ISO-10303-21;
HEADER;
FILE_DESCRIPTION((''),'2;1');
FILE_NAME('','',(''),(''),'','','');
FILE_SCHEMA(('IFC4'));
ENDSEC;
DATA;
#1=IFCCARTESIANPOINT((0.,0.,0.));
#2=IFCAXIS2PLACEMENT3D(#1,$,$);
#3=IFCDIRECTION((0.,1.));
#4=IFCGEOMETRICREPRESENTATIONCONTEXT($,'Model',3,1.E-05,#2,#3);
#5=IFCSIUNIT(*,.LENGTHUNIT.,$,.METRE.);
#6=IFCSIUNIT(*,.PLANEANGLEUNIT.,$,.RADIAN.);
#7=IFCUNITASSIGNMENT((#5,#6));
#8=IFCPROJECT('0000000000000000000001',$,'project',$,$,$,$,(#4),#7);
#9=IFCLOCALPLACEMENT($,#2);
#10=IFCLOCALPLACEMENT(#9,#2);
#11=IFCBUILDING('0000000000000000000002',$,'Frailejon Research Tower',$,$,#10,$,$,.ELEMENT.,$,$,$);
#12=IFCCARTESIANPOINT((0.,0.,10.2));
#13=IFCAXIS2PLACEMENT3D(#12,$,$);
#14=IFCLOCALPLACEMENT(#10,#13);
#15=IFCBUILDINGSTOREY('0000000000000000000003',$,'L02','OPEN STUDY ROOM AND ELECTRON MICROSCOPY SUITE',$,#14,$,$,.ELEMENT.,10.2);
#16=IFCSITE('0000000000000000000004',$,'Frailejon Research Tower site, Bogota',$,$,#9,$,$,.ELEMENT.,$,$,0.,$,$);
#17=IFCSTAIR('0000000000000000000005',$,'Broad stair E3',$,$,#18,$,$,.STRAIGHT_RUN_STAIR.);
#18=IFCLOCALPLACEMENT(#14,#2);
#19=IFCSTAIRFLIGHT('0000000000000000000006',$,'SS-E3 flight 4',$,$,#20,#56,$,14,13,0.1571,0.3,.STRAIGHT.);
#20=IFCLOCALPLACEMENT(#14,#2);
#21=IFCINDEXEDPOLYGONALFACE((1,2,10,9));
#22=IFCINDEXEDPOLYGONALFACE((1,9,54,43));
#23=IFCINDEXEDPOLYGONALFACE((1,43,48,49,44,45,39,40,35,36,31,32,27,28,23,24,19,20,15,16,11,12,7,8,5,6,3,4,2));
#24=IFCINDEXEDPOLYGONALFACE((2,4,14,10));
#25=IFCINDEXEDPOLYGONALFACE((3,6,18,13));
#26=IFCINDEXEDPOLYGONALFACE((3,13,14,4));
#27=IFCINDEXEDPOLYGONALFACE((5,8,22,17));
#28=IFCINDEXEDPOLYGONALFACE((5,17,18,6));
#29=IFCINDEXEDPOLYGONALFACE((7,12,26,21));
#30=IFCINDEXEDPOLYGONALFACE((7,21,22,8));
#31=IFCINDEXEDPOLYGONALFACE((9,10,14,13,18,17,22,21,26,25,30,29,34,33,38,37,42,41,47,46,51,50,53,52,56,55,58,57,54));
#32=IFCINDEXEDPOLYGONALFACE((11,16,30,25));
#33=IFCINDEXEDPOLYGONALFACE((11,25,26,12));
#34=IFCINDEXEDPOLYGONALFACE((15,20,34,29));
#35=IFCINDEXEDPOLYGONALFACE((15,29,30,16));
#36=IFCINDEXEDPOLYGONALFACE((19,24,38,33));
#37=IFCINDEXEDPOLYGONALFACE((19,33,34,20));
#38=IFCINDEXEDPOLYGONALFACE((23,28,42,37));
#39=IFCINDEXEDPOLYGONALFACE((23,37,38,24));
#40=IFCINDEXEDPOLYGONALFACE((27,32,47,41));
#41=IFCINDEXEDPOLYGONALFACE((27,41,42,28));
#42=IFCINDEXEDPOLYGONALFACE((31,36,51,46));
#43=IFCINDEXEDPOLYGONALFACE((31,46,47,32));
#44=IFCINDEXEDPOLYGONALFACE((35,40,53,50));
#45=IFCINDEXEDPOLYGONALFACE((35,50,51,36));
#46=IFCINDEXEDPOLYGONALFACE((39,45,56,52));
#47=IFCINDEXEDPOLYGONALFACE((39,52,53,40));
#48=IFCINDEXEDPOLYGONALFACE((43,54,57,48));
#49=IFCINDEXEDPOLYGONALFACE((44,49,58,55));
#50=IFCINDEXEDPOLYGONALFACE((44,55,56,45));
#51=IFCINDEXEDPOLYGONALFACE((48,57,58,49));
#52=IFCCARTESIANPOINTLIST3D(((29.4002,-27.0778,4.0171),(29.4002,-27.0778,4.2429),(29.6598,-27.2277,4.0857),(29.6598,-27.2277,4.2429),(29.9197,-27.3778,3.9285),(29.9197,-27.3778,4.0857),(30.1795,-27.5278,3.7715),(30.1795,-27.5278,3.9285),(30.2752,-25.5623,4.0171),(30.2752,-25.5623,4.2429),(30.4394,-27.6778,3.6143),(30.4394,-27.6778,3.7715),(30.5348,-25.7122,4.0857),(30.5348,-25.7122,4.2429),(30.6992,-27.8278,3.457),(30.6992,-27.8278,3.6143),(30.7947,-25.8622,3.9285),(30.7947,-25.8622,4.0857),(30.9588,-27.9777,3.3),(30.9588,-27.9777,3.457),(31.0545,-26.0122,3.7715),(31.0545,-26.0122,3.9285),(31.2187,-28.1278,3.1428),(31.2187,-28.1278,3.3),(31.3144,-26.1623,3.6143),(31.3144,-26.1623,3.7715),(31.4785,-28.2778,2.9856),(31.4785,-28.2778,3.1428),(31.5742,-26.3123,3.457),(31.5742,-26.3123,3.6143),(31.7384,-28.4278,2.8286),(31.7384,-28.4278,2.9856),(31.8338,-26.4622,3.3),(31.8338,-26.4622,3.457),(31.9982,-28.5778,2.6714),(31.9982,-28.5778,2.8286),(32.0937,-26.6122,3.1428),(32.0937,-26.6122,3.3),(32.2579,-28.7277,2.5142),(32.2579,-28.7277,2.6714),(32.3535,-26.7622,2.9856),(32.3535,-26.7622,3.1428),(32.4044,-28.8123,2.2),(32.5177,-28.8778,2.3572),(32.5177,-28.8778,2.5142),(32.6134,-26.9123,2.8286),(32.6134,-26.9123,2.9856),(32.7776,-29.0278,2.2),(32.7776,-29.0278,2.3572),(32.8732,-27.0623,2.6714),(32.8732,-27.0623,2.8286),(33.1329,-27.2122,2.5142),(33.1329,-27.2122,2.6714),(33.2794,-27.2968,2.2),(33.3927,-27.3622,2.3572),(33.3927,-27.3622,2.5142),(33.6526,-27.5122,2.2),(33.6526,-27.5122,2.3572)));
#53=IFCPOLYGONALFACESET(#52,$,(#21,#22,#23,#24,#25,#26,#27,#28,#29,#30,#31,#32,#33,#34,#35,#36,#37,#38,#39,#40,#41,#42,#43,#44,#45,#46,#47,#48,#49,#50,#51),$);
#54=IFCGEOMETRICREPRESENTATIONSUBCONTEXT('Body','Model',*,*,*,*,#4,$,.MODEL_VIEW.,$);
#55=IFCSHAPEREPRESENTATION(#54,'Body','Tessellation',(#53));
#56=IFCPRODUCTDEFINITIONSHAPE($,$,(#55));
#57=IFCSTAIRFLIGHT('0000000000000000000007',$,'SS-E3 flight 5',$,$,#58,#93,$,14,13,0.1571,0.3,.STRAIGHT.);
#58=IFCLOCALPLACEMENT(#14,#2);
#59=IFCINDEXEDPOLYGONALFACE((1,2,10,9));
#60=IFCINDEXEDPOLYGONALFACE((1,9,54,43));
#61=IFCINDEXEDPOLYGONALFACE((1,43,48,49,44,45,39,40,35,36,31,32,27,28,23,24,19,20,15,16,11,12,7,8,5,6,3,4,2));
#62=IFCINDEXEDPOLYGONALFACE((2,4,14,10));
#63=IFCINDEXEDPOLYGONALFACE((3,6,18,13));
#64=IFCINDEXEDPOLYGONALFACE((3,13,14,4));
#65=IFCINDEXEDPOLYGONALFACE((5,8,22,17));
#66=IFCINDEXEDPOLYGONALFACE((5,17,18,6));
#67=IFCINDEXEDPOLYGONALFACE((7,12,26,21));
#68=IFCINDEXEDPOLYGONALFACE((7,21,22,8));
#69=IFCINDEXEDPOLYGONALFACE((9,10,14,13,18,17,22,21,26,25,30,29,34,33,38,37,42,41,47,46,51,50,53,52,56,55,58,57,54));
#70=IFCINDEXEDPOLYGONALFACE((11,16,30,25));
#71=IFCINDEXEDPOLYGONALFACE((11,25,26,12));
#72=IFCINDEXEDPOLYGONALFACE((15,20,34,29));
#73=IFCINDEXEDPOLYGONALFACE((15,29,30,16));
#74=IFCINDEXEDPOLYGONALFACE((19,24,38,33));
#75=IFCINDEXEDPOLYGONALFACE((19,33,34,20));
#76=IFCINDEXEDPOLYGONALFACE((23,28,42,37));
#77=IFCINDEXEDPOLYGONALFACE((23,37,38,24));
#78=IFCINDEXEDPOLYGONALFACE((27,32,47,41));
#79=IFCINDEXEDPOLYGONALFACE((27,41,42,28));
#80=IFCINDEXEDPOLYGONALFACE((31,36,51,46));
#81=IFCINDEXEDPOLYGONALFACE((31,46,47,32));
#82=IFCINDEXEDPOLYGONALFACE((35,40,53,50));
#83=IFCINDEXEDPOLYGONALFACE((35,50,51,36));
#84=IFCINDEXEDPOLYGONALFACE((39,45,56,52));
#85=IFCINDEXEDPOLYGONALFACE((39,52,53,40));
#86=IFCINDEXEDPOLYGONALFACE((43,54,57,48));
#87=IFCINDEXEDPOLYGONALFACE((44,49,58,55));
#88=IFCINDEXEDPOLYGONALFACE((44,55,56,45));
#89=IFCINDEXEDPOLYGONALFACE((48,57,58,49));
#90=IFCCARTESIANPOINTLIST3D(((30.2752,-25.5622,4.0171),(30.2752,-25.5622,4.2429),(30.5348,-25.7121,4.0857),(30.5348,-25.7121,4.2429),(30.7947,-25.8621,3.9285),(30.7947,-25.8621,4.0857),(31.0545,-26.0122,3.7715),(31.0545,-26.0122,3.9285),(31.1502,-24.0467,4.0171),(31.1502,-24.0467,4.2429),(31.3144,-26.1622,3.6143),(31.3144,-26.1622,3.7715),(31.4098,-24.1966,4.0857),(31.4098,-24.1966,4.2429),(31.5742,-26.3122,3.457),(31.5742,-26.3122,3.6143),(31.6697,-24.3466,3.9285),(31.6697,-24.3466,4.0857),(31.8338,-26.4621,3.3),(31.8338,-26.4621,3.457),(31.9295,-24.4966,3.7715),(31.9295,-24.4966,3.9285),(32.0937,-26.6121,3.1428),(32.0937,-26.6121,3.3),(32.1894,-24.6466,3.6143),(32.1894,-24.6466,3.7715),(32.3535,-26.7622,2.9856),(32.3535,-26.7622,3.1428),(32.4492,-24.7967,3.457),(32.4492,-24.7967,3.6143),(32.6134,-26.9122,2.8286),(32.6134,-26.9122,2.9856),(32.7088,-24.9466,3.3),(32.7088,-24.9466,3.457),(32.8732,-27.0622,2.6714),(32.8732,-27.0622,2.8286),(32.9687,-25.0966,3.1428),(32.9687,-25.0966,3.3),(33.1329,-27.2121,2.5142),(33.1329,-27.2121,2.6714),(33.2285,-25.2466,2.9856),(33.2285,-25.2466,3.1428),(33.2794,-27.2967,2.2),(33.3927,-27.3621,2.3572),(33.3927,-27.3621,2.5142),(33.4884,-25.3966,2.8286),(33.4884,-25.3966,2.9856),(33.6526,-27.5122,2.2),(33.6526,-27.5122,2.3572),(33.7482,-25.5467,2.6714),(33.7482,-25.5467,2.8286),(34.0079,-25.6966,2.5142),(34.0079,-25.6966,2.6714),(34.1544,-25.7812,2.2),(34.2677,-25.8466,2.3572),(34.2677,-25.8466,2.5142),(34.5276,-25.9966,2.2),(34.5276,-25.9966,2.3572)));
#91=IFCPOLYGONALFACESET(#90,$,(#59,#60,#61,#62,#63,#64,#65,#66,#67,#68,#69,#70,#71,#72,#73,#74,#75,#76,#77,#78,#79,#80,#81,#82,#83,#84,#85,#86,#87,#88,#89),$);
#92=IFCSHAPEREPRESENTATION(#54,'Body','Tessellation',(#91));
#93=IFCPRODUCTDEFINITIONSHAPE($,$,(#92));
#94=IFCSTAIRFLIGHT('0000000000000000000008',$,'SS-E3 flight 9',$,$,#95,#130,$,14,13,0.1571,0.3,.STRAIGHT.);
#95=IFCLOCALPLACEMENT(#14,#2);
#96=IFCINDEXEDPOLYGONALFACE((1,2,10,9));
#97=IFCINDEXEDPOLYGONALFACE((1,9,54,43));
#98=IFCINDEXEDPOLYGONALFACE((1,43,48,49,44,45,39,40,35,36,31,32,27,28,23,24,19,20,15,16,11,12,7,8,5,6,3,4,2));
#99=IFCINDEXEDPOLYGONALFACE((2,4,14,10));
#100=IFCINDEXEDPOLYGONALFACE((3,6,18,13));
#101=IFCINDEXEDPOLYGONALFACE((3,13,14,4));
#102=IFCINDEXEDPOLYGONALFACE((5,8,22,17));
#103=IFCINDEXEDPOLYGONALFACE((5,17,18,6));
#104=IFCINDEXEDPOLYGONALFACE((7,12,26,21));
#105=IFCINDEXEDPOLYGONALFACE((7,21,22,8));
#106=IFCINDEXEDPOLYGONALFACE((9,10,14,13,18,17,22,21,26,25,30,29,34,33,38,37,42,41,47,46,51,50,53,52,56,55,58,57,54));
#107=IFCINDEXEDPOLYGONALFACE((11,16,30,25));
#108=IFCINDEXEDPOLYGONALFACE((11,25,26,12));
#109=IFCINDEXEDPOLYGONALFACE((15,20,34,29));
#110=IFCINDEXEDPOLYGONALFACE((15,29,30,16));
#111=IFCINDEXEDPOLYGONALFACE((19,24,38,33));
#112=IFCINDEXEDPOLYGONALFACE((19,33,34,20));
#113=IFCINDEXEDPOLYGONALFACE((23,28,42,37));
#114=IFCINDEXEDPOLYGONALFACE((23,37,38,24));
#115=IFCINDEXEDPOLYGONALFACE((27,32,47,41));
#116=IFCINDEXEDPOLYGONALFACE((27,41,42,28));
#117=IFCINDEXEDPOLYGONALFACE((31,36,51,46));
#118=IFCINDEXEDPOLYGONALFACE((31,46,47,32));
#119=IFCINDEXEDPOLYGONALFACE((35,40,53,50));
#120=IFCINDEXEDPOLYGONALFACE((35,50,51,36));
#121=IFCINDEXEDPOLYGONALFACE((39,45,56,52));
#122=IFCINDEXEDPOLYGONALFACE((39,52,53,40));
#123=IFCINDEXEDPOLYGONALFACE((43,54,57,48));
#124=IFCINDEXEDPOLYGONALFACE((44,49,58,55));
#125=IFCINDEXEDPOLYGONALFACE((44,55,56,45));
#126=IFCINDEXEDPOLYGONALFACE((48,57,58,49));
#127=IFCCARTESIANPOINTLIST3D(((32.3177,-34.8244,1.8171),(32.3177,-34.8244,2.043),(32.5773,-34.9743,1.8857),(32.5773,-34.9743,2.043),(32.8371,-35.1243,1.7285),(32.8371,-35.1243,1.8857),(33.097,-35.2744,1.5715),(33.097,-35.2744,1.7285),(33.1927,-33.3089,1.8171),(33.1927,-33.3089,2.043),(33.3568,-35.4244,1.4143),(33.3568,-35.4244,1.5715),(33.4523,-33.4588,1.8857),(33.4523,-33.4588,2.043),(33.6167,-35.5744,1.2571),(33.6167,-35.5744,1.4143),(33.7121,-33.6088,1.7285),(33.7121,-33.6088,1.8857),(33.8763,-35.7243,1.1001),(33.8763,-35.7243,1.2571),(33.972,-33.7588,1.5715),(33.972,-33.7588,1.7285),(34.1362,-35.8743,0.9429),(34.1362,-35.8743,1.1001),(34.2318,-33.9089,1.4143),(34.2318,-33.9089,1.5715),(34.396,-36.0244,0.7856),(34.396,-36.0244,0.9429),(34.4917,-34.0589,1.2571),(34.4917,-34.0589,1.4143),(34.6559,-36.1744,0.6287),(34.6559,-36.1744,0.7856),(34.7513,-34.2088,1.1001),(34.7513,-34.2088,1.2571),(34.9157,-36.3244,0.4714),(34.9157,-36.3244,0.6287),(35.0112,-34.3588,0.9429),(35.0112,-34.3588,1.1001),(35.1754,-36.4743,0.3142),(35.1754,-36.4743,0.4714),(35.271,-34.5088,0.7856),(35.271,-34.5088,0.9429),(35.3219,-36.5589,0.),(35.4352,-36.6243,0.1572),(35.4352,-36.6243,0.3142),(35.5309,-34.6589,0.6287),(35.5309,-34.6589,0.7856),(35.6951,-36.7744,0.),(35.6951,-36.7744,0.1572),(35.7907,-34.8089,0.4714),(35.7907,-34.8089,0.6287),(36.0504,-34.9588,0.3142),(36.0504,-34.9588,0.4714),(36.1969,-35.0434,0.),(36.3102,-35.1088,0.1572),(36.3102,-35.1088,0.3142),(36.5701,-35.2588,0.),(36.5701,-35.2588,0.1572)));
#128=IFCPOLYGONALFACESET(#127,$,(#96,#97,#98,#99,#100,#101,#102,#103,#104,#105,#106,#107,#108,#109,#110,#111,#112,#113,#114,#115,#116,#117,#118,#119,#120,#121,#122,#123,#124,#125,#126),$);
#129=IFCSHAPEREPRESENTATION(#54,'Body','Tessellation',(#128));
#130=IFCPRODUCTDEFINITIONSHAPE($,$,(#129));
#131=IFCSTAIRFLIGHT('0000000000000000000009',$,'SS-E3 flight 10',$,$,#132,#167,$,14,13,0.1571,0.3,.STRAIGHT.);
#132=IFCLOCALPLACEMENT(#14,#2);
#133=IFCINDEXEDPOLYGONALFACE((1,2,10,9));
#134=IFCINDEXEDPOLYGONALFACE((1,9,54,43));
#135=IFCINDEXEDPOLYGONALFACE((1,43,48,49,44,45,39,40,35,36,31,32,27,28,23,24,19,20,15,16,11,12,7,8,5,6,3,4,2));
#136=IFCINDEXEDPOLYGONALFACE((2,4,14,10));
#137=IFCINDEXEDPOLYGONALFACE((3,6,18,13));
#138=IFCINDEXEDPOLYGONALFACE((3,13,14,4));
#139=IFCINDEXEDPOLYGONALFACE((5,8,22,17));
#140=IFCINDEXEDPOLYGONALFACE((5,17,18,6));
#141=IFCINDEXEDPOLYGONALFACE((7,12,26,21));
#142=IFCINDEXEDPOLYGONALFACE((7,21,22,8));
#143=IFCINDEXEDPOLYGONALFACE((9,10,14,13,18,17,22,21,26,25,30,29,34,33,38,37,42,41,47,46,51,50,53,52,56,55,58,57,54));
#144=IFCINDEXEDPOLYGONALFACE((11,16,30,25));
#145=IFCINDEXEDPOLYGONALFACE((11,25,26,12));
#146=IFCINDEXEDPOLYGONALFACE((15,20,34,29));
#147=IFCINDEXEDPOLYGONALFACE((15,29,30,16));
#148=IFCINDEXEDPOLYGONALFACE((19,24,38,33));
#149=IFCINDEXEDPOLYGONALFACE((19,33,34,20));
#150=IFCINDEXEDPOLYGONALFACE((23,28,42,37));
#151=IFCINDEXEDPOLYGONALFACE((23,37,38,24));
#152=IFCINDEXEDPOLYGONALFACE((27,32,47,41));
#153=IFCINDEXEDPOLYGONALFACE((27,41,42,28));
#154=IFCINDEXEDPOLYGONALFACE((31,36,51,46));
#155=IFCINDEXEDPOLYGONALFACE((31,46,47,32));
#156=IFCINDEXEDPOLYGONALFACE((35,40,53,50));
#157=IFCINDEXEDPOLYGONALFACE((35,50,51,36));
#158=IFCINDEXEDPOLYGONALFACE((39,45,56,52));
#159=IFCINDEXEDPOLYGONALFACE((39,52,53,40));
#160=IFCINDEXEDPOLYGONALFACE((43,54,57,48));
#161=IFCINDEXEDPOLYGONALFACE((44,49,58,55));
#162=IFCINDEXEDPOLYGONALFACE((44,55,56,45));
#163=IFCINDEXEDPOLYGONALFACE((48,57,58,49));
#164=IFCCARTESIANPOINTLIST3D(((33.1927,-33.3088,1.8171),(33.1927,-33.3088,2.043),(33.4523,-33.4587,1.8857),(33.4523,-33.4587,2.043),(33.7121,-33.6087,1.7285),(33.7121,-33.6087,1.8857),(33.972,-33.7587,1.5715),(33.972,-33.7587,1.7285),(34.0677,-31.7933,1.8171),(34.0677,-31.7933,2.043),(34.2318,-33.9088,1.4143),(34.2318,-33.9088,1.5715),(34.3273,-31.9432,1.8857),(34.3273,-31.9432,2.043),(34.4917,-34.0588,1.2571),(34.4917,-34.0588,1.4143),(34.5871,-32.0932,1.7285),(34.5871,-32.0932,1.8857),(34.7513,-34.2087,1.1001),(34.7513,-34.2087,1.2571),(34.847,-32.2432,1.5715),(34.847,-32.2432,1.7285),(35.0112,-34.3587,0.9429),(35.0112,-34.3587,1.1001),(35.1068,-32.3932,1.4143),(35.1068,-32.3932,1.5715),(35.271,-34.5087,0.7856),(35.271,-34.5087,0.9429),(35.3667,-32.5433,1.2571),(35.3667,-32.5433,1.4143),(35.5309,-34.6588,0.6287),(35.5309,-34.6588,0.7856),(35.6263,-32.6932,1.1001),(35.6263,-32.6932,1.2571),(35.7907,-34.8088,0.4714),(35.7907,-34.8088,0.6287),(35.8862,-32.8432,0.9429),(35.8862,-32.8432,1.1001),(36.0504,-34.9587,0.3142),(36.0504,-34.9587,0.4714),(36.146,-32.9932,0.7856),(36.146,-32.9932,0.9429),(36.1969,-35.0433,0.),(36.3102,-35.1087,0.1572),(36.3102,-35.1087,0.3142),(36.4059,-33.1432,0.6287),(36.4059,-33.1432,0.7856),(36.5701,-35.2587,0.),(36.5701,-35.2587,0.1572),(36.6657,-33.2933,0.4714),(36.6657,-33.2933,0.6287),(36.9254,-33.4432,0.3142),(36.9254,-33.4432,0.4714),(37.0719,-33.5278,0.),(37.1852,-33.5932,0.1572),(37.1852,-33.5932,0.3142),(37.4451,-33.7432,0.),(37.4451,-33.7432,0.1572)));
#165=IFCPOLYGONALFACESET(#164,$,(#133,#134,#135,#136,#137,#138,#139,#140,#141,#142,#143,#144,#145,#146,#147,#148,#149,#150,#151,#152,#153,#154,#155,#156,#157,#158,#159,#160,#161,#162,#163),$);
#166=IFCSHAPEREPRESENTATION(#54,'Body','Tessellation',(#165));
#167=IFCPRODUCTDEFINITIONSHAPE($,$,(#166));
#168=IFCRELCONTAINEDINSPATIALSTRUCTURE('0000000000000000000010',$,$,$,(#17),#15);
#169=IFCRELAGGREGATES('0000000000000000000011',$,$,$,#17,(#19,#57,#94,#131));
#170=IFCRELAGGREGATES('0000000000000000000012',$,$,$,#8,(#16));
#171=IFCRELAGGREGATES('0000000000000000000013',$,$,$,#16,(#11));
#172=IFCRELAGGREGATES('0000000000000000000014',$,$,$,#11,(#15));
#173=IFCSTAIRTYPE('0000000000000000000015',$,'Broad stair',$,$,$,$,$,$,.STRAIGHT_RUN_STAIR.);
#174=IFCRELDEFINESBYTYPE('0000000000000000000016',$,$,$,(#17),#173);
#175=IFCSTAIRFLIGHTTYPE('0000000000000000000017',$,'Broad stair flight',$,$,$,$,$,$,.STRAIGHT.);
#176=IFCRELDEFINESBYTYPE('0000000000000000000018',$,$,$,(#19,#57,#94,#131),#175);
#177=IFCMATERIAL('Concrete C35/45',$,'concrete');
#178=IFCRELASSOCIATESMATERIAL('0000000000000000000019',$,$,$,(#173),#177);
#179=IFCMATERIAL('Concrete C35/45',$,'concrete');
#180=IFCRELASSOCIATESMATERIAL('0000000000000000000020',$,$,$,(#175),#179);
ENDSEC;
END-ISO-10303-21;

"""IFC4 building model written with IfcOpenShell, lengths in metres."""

from ifc_helpers import new_model, si_unit, direction, frame, origin, place, context, subcontext, project, spatial, polyline, outline, extrude, material, type_object, element, aggregate, save


model = new_model("IFC4")

# Units and contexts
model_context = context("Model", 3, precision=1e-05, world=origin(), true_north=direction((0.0, 1.0)))
body_context = subcontext(model_context, "Body", "Model", "MODEL_VIEW")
ifc_project = project(units=[si_unit("LENGTHUNIT", "METRE"), si_unit("PLANEANGLEUNIT", "RADIAN")], contexts=[model_context])

# Site, building, storey
site_placement = place(None, origin())
site = spatial("IfcSite", under=ifc_project, at=site_placement, Name="Frailejon Research Tower site, Bogota", CompositionType="ELEMENT", RefElevation=0.0)
building_placement = place(site_placement, origin())
building = spatial("IfcBuilding", under=site, at=building_placement, Name="Frailejon Research Tower", CompositionType="ELEMENT")
storey_placement = place(building_placement, frame((0.0, 0.0, 10.2)))
storey = spatial("IfcBuildingStorey", under=building, at=storey_placement, Name="L02", Description="OPEN STUDY ROOM AND ELECTRON MICROSCOPY SUITE", CompositionType="ELEMENT", Elevation=10.2)

# Stair, stair flights
ifc_material_1 = material(Name="Concrete C35/45", Category="concrete")
stair_type = type_object("IfcStairType", Name="Broad stair", PredefinedType="STRAIGHT_RUN_STAIR", material=ifc_material_1)
stair_placement = place(storey_placement, origin())
stair = element("IfcStair", 1, at=stair_placement, inside=storey, type_object=stair_type, Name="Broad stair E3", PredefinedType="STRAIGHT_RUN_STAIR")
ifc_material_2 = material(Name="Concrete C35/45", Category="concrete")
stair_flight_type = type_object("IfcStairFlightType", Name="Broad stair flight", PredefinedType="STRAIGHT", material=ifc_material_2)
stair_flight_1_placement = place(storey_placement, frame((33.2151, -28.27, 2.2), z_axis=(0.0, 0.0, 1.0), x_axis=(-0.866025, 0.5, 0.0)))
stair_flight_1 = element("IfcStairFlight", 2, at=stair_flight_1_placement, type_object=stair_flight_type, Name="SS-E3 flight 4", NumberOfRisers=14, NumberOfTreads=13, PredefinedType="STRAIGHT", RiserHeight=0.1571, TreadLength=0.3, context=body_context, shape_type="SweptSolid", body=[
    extrude(outline(polyline([(0.0, 0.0), (0.0, 0.1572), (0.3, 0.1572), (0.3, 0.3142), (0.6001, 0.3142), (0.6001, 0.4714), (0.8999, 0.4714), (0.8999, 0.6287), (1.2, 0.6287), (1.2, 0.7856), (1.5, 0.7856), (1.5, 0.9429), (1.8, 0.9429), (1.8, 1.1001), (2.1001, 1.1001), (2.1001, 1.2571), (2.3999, 1.2571), (2.3999, 1.4143), (2.7, 1.4143), (2.7, 1.5715), (3.0, 1.5715), (3.0, 1.7285), (3.3, 1.7285), (3.3, 1.8857), (3.6001, 1.8857), (3.6001, 2.043), (3.8999, 2.043), (3.8999, 2.2), (3.8999, 1.8171), (0.4309, 0.0), (0.0, 0.0)])), frame((0.0, 0.875, 0.0), z_axis=(0.0, -1.0, 0.0), x_axis=(1.0, 0.0, 0.0)), (0.0, 0.0, 1.0), 1.75),
])
stair_flight_2_placement = place(storey_placement, frame((34.0901, -26.7544, 2.2), z_axis=(0.0, 0.0, 1.0), x_axis=(-0.866025, 0.5, 0.0)))
stair_flight_2 = element("IfcStairFlight", 3, at=stair_flight_2_placement, type_object=stair_flight_type, Name="SS-E3 flight 5", NumberOfRisers=14, NumberOfTreads=13, PredefinedType="STRAIGHT", RiserHeight=0.1571, TreadLength=0.3, context=body_context, shape_type="SweptSolid", body=[
    extrude(outline(polyline([(0.0, 0.0), (0.0, 0.1572), (0.3, 0.1572), (0.3, 0.3142), (0.6001, 0.3142), (0.6001, 0.4714), (0.8999, 0.4714), (0.8999, 0.6287), (1.2, 0.6287), (1.2, 0.7856), (1.5, 0.7856), (1.5, 0.9429), (1.8, 0.9429), (1.8, 1.1001), (2.1001, 1.1001), (2.1001, 1.2571), (2.3999, 1.2571), (2.3999, 1.4143), (2.7, 1.4143), (2.7, 1.5715), (3.0, 1.5715), (3.0, 1.7285), (3.3, 1.7285), (3.3, 1.8857), (3.6001, 1.8857), (3.6001, 2.043), (3.8999, 2.043), (3.8999, 2.2), (3.8999, 1.8171), (0.4309, 0.0), (0.0, 0.0)])), frame((0.0, 0.875, 0.0), z_axis=(0.0, -1.0, 0.0), x_axis=(1.0, 0.0, 0.0)), (0.0, 0.0, 1.0), 1.75),
])
stair_flight_3_placement = place(storey_placement, frame((36.1326, -36.0166, 0.0), z_axis=(0.0, 0.0, 1.0), x_axis=(-0.866025, 0.5, 0.0)))
stair_flight_3 = element("IfcStairFlight", 4, at=stair_flight_3_placement, type_object=stair_flight_type, Name="SS-E3 flight 9", NumberOfRisers=14, NumberOfTreads=13, PredefinedType="STRAIGHT", RiserHeight=0.1571, TreadLength=0.3, context=body_context, shape_type="SweptSolid", body=[
    extrude(outline(polyline([(0.0, 0.0), (0.0, 0.1572), (0.3, 0.1572), (0.3, 0.3142), (0.6001, 0.3142), (0.6001, 0.4714), (0.8999, 0.4714), (0.8999, 0.6287), (1.2, 0.6287), (1.2, 0.7856), (1.5, 0.7856), (1.5, 0.9429), (1.8, 0.9429), (1.8, 1.1001), (2.1001, 1.1001), (2.1001, 1.2571), (2.3999, 1.2571), (2.3999, 1.4143), (2.7, 1.4143), (2.7, 1.5715), (3.0, 1.5715), (3.0, 1.7285), (3.3, 1.7285), (3.3, 1.8857), (3.6001, 1.8857), (3.6001, 2.043), (3.8999, 2.043), (3.8999, 2.2), (3.8999, 1.8171), (0.4309, 0.0), (0.0, 0.0)])), frame((0.0, 0.875, 0.0), z_axis=(0.0, -1.0, 0.0), x_axis=(1.0, 0.0, 0.0)), (0.0, 0.0, 1.0), 1.75),
])
stair_flight_4_placement = place(storey_placement, frame((37.0076, -34.501, 0.0), z_axis=(0.0, 0.0, 1.0), x_axis=(-0.866025, 0.5, 0.0)))
stair_flight_4 = element("IfcStairFlight", 5, at=stair_flight_4_placement, type_object=stair_flight_type, Name="SS-E3 flight 10", NumberOfRisers=14, NumberOfTreads=13, PredefinedType="STRAIGHT", RiserHeight=0.1571, TreadLength=0.3, context=body_context, shape_type="SweptSolid", body=[
    extrude(outline(polyline([(0.0, 0.0), (0.0, 0.1572), (0.3, 0.1572), (0.3, 0.3142), (0.6001, 0.3142), (0.6001, 0.4714), (0.8999, 0.4714), (0.8999, 0.6287), (1.2, 0.6287), (1.2, 0.7856), (1.5, 0.7856), (1.5, 0.9429), (1.8, 0.9429), (1.8, 1.1001), (2.1001, 1.1001), (2.1001, 1.2571), (2.3999, 1.2571), (2.3999, 1.4143), (2.7, 1.4143), (2.7, 1.5715), (3.0, 1.5715), (3.0, 1.7285), (3.3, 1.7285), (3.3, 1.8857), (3.6001, 1.8857), (3.6001, 2.043), (3.8999, 2.043), (3.8999, 2.2), (3.8999, 1.8171), (0.4309, 0.0), (0.0, 0.0)])), frame((0.0, 0.875, 0.0), z_axis=(0.0, -1.0, 0.0), x_axis=(1.0, 0.0, 0.0)), (0.0, 0.0, 1.0), 1.75),
])
aggregate(stair, [stair_flight_1, stair_flight_2, stair_flight_3, stair_flight_4])

save(model, "model.ifc")
